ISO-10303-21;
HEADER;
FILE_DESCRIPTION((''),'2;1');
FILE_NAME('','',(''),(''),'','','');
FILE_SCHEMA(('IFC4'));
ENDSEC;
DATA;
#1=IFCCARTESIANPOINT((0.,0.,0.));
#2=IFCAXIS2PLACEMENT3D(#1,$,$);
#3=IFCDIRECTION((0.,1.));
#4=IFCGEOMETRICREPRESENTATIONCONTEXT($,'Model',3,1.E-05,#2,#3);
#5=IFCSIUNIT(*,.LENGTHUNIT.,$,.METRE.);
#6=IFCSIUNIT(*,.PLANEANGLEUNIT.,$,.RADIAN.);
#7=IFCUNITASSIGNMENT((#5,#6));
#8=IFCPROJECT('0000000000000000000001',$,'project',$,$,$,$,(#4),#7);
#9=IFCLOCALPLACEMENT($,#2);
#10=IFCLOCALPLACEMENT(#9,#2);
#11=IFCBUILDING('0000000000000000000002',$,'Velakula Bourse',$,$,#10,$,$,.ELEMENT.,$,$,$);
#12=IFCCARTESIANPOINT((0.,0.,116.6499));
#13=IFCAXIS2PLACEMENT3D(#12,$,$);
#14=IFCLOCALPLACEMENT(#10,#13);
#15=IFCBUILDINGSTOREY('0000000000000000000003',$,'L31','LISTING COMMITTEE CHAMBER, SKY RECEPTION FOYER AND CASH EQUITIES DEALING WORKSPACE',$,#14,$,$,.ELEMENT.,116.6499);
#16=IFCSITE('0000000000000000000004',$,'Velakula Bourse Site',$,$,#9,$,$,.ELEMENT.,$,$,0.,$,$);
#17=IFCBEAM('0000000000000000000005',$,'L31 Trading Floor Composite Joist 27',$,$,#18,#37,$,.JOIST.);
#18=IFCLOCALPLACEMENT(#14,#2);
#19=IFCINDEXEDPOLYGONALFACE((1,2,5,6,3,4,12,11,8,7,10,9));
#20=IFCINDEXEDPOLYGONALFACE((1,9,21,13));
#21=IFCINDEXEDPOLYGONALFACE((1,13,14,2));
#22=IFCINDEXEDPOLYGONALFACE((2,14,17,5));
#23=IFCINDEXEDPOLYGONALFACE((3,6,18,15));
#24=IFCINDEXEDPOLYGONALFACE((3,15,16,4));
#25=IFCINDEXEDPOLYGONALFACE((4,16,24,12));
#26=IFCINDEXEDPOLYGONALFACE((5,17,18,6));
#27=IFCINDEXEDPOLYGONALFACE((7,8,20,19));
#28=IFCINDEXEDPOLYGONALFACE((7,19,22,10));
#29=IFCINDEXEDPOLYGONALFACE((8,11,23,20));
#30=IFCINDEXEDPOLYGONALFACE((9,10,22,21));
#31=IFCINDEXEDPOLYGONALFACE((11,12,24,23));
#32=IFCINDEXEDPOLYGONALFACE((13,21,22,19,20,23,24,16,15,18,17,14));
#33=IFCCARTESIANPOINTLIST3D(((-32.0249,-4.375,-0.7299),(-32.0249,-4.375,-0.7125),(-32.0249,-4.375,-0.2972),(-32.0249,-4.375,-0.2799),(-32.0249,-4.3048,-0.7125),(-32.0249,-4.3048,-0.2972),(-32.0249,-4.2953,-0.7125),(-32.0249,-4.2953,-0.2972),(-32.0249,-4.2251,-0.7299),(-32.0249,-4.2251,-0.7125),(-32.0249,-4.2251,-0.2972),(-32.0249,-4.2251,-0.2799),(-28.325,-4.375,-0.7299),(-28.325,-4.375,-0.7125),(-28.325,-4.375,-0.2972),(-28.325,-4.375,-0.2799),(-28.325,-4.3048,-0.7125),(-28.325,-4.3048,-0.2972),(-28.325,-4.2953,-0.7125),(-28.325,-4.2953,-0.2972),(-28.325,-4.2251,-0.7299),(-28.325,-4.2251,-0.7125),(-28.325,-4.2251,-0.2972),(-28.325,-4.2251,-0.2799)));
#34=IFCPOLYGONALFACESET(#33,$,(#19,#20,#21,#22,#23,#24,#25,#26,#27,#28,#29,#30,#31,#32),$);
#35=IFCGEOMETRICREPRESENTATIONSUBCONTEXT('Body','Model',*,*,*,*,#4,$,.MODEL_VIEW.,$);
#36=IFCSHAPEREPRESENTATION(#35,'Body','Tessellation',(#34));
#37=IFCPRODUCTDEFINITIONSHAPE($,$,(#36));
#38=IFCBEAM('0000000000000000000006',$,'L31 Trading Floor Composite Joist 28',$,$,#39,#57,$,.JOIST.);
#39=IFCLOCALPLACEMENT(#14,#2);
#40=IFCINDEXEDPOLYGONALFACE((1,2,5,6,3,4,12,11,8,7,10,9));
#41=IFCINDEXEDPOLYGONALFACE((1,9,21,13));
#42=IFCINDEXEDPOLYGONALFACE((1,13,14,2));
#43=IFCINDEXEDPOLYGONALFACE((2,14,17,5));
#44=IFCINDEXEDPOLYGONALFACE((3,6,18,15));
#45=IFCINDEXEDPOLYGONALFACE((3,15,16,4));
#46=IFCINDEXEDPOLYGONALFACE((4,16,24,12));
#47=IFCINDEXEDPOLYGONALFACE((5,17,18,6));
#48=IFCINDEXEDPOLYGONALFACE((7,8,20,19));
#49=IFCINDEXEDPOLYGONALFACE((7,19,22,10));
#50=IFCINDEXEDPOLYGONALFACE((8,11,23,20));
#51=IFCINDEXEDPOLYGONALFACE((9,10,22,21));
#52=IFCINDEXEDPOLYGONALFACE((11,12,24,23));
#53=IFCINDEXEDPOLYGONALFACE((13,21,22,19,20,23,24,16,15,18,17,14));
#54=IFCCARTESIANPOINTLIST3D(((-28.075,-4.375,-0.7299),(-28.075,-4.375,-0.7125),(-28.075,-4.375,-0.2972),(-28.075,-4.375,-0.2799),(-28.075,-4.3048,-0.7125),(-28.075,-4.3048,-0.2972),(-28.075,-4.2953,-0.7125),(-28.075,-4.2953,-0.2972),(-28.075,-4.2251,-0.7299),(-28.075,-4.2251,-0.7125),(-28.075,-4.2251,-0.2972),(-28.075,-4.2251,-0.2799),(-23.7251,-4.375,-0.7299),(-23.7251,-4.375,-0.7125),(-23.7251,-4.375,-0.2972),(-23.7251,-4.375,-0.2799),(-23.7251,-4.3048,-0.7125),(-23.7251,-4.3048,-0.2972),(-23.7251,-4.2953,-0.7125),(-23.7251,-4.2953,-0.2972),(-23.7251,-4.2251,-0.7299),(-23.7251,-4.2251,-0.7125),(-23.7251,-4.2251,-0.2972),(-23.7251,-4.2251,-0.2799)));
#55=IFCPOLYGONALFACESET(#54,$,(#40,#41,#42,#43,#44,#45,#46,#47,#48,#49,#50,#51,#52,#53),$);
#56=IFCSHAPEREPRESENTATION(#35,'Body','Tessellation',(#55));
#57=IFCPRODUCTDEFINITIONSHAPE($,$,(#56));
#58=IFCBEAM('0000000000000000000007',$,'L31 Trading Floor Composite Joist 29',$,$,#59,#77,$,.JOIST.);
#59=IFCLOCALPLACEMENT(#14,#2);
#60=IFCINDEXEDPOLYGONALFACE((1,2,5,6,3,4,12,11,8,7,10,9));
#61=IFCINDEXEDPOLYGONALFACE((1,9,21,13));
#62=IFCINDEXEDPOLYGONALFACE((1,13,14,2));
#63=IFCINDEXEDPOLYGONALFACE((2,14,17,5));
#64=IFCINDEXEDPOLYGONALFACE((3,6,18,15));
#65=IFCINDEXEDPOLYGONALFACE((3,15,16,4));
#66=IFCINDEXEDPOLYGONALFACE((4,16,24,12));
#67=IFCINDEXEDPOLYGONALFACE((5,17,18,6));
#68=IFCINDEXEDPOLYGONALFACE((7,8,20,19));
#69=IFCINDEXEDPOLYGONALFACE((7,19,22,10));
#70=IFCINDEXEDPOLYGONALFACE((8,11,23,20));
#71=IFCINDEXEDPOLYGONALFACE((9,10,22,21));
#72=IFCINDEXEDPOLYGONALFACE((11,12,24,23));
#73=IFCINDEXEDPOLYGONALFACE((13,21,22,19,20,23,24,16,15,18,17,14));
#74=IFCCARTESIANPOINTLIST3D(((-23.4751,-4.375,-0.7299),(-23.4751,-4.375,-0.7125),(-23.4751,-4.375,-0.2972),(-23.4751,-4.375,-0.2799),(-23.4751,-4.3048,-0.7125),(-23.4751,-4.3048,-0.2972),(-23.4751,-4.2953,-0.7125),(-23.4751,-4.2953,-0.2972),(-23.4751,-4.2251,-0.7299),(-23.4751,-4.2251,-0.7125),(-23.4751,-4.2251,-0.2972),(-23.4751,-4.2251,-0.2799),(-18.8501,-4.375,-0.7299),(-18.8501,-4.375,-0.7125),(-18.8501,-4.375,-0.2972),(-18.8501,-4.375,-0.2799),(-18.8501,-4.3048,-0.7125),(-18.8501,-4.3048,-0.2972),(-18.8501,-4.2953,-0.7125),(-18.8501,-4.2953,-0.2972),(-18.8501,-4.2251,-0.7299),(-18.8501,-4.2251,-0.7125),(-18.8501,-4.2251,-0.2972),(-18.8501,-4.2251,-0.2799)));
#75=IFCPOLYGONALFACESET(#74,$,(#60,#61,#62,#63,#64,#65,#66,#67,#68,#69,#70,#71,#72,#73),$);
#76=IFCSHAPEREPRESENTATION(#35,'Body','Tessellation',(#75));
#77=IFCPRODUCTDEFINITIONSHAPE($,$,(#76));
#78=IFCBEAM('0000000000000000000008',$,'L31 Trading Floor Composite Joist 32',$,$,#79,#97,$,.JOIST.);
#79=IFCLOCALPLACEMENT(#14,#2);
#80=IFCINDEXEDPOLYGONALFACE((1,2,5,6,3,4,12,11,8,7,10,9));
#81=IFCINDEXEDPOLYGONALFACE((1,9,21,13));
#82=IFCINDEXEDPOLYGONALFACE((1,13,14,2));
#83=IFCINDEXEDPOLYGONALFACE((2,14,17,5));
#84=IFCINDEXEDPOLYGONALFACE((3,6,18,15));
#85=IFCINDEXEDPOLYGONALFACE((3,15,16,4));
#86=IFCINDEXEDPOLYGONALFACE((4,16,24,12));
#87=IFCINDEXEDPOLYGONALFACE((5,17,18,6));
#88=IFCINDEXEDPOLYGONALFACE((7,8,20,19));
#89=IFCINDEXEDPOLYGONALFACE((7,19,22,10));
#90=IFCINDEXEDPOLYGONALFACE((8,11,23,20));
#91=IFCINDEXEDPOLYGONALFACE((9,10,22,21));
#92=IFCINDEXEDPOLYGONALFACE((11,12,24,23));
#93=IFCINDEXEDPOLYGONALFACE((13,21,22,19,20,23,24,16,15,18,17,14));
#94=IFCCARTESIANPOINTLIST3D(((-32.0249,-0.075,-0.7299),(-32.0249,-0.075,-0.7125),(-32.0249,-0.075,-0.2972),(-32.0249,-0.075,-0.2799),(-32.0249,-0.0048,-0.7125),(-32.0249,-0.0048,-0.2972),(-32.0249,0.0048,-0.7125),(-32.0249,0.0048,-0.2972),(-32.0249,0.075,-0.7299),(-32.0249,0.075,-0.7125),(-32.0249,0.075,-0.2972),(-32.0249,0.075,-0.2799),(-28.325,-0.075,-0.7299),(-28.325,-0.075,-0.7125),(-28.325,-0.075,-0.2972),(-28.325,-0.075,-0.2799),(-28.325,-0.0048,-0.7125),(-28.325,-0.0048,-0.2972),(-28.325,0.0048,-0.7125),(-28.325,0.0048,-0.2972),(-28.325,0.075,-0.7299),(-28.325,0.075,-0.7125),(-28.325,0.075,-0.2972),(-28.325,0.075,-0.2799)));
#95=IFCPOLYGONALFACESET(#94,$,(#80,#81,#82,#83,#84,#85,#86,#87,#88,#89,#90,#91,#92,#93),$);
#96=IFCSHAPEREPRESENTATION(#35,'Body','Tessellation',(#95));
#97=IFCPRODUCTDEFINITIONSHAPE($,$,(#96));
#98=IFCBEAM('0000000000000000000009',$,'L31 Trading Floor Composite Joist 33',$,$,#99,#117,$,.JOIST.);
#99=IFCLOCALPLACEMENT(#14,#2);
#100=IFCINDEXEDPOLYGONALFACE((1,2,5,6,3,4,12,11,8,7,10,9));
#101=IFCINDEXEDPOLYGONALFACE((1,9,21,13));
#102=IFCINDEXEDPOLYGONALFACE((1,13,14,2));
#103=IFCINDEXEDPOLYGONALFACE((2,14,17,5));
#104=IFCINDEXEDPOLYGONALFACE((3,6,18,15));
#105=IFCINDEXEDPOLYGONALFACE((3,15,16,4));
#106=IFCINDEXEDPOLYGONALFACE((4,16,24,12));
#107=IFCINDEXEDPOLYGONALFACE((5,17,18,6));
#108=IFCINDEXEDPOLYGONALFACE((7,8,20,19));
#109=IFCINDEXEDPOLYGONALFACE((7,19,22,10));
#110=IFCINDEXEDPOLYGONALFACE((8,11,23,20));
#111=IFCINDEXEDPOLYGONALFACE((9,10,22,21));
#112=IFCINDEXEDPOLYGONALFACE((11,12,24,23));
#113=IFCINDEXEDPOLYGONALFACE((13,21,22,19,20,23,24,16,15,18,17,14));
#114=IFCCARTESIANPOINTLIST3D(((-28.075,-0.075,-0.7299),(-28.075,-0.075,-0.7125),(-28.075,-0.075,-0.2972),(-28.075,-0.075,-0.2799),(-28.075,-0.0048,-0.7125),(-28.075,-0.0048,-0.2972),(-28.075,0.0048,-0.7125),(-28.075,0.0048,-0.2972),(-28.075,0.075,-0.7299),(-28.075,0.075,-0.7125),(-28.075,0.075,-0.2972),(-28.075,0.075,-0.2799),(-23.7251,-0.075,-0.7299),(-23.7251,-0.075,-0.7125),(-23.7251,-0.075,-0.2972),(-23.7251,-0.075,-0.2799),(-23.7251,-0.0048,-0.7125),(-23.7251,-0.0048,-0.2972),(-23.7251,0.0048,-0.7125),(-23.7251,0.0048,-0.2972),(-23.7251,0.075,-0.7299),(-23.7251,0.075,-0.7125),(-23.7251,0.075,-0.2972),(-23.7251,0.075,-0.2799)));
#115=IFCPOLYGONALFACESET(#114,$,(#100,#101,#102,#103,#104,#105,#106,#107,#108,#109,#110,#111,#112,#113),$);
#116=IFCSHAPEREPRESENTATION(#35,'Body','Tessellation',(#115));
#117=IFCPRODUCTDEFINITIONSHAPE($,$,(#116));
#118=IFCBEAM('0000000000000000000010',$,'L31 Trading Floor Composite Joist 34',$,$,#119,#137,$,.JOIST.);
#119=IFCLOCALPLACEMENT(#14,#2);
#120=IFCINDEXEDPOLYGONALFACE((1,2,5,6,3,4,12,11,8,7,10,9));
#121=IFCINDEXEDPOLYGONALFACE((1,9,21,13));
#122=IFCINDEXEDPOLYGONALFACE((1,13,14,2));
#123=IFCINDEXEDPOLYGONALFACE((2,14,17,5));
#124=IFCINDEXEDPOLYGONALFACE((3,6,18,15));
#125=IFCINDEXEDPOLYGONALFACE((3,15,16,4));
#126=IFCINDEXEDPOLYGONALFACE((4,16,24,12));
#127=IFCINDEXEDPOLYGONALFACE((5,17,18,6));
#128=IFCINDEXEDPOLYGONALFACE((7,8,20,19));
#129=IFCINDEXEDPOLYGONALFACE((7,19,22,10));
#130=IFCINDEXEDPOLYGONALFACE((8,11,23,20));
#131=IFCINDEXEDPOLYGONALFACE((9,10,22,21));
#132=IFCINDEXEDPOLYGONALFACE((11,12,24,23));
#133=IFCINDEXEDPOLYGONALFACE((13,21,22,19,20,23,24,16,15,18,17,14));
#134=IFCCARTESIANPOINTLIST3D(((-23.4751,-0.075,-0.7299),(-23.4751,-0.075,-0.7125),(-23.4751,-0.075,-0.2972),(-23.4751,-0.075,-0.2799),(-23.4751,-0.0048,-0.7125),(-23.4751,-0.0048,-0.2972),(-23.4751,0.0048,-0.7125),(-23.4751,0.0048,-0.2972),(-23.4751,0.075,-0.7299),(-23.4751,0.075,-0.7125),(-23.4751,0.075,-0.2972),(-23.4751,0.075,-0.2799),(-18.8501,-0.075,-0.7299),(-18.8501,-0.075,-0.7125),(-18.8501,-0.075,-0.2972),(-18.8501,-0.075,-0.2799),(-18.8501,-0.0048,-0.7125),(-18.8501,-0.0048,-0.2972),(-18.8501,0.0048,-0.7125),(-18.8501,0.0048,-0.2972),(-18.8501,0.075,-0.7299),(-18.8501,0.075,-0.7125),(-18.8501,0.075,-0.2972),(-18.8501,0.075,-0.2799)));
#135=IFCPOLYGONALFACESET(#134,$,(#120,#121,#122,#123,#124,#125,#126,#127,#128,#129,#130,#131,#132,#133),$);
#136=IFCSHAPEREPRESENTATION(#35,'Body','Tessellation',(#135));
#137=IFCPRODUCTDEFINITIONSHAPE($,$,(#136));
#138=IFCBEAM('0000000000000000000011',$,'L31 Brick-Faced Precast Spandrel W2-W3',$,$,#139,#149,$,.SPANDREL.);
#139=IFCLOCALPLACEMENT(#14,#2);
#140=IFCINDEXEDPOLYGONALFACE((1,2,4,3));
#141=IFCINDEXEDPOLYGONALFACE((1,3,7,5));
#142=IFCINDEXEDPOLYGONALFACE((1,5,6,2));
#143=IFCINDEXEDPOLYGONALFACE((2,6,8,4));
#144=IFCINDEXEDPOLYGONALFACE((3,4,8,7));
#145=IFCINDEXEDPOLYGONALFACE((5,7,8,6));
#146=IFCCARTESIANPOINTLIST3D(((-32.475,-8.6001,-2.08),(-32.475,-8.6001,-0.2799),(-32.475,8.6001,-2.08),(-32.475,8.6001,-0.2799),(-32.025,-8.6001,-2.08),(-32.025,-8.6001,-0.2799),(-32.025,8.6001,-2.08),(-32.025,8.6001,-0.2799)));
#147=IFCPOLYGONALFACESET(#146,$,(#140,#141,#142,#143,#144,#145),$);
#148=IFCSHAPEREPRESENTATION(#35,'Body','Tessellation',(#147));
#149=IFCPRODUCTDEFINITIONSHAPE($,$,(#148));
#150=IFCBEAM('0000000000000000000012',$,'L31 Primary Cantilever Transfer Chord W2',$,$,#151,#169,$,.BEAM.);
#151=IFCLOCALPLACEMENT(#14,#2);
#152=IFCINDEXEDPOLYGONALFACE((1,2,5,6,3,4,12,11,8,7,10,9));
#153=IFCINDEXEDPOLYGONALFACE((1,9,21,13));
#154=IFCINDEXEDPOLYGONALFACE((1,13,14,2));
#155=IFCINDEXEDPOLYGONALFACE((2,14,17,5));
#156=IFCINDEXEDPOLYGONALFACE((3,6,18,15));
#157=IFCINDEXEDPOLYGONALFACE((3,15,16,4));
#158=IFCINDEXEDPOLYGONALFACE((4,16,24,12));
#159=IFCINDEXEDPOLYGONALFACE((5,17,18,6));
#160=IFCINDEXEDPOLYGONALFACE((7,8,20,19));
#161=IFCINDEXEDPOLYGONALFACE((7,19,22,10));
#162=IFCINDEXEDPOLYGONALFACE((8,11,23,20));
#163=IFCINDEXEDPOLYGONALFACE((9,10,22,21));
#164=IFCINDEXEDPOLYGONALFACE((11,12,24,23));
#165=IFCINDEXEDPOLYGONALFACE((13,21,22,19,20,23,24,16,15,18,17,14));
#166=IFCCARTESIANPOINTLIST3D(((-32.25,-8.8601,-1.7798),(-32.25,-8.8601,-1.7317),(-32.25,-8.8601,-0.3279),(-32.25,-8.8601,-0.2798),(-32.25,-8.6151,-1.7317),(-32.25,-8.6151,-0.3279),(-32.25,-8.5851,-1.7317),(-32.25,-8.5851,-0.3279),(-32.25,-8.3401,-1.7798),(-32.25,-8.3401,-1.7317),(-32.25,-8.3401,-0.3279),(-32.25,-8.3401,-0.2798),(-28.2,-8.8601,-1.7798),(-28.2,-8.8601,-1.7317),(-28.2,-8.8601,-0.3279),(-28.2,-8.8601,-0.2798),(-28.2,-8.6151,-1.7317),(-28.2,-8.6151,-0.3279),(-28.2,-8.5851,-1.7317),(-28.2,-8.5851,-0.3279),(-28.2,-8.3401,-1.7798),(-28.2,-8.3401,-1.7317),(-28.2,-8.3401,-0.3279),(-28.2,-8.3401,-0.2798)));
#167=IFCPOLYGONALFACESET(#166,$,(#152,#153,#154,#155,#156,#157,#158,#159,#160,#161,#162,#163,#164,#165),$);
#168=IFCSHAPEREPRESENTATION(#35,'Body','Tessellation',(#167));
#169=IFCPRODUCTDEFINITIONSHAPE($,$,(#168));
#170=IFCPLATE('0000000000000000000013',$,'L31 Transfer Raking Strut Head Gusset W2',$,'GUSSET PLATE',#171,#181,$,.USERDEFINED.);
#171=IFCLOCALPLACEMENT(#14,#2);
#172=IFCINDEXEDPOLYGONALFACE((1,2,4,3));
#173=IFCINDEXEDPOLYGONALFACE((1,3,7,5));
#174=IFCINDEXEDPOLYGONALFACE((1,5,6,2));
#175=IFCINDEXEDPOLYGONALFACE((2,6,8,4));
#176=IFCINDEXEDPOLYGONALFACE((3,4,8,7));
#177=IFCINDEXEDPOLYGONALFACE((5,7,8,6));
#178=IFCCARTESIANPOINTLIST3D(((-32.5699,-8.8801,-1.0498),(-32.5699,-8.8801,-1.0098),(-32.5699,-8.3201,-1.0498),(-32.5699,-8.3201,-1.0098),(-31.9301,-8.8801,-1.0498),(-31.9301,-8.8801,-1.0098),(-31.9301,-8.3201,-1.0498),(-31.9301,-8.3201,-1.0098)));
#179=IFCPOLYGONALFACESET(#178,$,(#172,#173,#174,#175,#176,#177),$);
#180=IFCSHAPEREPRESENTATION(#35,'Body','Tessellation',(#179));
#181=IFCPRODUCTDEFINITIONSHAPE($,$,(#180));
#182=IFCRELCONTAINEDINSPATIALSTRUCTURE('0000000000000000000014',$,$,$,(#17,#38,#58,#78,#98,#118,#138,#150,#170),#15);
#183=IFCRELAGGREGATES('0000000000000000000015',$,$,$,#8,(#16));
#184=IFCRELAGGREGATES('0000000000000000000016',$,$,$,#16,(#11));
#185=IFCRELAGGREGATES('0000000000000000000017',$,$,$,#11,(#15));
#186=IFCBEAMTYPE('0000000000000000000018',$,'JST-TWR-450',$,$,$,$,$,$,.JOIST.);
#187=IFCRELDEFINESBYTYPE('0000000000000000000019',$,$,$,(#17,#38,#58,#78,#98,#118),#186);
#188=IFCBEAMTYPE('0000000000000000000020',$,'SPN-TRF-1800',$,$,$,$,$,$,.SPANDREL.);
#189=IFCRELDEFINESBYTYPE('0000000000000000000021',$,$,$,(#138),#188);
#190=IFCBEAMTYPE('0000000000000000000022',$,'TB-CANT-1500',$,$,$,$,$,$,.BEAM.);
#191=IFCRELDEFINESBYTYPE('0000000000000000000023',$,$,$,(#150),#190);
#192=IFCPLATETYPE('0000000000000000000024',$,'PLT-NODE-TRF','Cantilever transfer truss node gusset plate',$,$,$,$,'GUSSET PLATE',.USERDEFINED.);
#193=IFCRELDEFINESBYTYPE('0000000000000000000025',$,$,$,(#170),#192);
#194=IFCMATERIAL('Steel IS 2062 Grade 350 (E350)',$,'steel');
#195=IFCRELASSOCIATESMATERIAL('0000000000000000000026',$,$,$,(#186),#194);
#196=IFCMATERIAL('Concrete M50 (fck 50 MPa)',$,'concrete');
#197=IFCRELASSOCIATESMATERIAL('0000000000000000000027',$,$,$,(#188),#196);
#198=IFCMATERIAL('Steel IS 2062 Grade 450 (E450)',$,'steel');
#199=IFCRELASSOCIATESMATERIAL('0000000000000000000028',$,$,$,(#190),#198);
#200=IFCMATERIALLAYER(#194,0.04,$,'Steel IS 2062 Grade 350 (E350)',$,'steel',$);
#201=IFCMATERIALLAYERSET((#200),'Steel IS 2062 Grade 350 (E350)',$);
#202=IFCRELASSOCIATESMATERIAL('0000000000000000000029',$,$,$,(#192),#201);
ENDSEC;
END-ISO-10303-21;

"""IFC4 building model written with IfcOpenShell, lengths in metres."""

from ifc_helpers import new_model, si_unit, direction, frame, origin, origin_2d, place, context, subcontext, project, spatial, rectangle, i_section, extrude, material, layer, layer_set, material_profile, profile_set, type_object, element, save


model = new_model("IFC4")

# Units and contexts
model_context = context("Model", 3, precision=1e-05, world=origin(), true_north=direction((0.0, 1.0)))
body_context = subcontext(model_context, "Body", "Model", "MODEL_VIEW")
ifc_project = project(units=[si_unit("LENGTHUNIT", "METRE"), si_unit("PLANEANGLEUNIT", "RADIAN")], contexts=[model_context])

# Site, building, storey
site_placement = place(None, origin())
site = spatial("IfcSite", under=ifc_project, at=site_placement, Name="Velakula Bourse Site", CompositionType="ELEMENT", RefElevation=0.0)
building_placement = place(site_placement, origin())
building = spatial("IfcBuilding", under=site, at=building_placement, Name="Velakula Bourse", CompositionType="ELEMENT")
storey_placement = place(building_placement, frame((0.0, 0.0, 116.6499)))
storey = spatial("IfcBuildingStorey", under=building, at=storey_placement, Name="L31", Description="LISTING COMMITTEE CHAMBER, SKY RECEPTION FOYER AND CASH EQUITIES DEALING WORKSPACE", CompositionType="ELEMENT", Elevation=116.6499)

# Shared definitions
ifc_material_1 = material(Name="Steel IS 2062 Grade 350 (E350)", Category="steel")

# Beams
ifc_material_profile_1 = material_profile(ifc_material_1, i_section(OverallWidth=0.1499, OverallDepth=0.45, WebThickness=0.0095, FlangeThickness=0.0173, at=origin_2d()), Name="Steel IS 2062 Grade 350 (E350)")
ifc_profile_set_1 = profile_set([ifc_material_profile_1], Name="Steel IS 2062 Grade 350 (E350)")
beam_type_1 = type_object("IfcBeamType", Name="JST-TWR-450", PredefinedType="JOIST", material=ifc_profile_set_1)
beam_1_placement = place(storey_placement, frame((-32.0249, -4.3, -0.5049), z_axis=(1.0, 0.0, 0.0), x_axis=(0.0, 1.0, 0.0)))
element("IfcBeam", 1, at=beam_1_placement, inside=storey, type_object=beam_type_1, Name="L31 Trading Floor Composite Joist 27", PredefinedType="JOIST", context=body_context, shape_type="SweptSolid", body=[
    extrude(i_section(OverallWidth=0.1499, OverallDepth=0.45, WebThickness=0.0095, FlangeThickness=0.0173, at=origin_2d()), origin(), (0.0, 0.0, 1.0), 3.7),
])
beam_2_placement = place(storey_placement, frame((-28.075, -4.3, -0.5049), z_axis=(1.0, 0.0, 0.0), x_axis=(0.0, 1.0, 0.0)))
element("IfcBeam", 2, at=beam_2_placement, inside=storey, type_object=beam_type_1, Name="L31 Trading Floor Composite Joist 28", PredefinedType="JOIST", context=body_context, shape_type="SweptSolid", body=[
    extrude(i_section(OverallWidth=0.1499, OverallDepth=0.45, WebThickness=0.0095, FlangeThickness=0.0173, at=origin_2d()), origin(), (0.0, 0.0, 1.0), 4.3499),
])
beam_3_placement = place(storey_placement, frame((-23.4751, -4.3, -0.5049), z_axis=(1.0, 0.0, 0.0), x_axis=(0.0, 1.0, 0.0)))
element("IfcBeam", 3, at=beam_3_placement, inside=storey, type_object=beam_type_1, Name="L31 Trading Floor Composite Joist 29", PredefinedType="JOIST", context=body_context, shape_type="SweptSolid", body=[
    extrude(i_section(OverallWidth=0.1499, OverallDepth=0.45, WebThickness=0.0095, FlangeThickness=0.0173, at=origin_2d()), origin(), (0.0, 0.0, 1.0), 4.625),
])
beam_4_placement = place(storey_placement, frame((-32.0249, 0.0, -0.5049), z_axis=(1.0, 0.0, 0.0), x_axis=(0.0, 1.0, 0.0)))
element("IfcBeam", 4, at=beam_4_placement, inside=storey, type_object=beam_type_1, Name="L31 Trading Floor Composite Joist 32", PredefinedType="JOIST", context=body_context, shape_type="SweptSolid", body=[
    extrude(i_section(OverallWidth=0.1499, OverallDepth=0.45, WebThickness=0.0095, FlangeThickness=0.0173, at=origin_2d()), origin(), (0.0, 0.0, 1.0), 3.7),
])
beam_5_placement = place(storey_placement, frame((-28.075, 0.0, -0.5049), z_axis=(1.0, 0.0, 0.0), x_axis=(0.0, 1.0, 0.0)))
element("IfcBeam", 5, at=beam_5_placement, inside=storey, type_object=beam_type_1, Name="L31 Trading Floor Composite Joist 33", PredefinedType="JOIST", context=body_context, shape_type="SweptSolid", body=[
    extrude(i_section(OverallWidth=0.1499, OverallDepth=0.45, WebThickness=0.0095, FlangeThickness=0.0173, at=origin_2d()), origin(), (0.0, 0.0, 1.0), 4.3499),
])
beam_6_placement = place(storey_placement, frame((-23.4751, 0.0, -0.5049), z_axis=(1.0, 0.0, 0.0), x_axis=(0.0, 1.0, 0.0)))
element("IfcBeam", 6, at=beam_6_placement, inside=storey, type_object=beam_type_1, Name="L31 Trading Floor Composite Joist 34", PredefinedType="JOIST", context=body_context, shape_type="SweptSolid", body=[
    extrude(i_section(OverallWidth=0.1499, OverallDepth=0.45, WebThickness=0.0095, FlangeThickness=0.0173, at=origin_2d()), origin(), (0.0, 0.0, 1.0), 4.625),
])
ifc_material_2 = material(Name="Concrete M50 (fck 50 MPa)", Category="concrete")
ifc_material_profile_2 = material_profile(ifc_material_2, rectangle(XDim=0.45, YDim=1.8, at=origin_2d()), Name="Concrete M50 (fck 50 MPa)")
ifc_profile_set_2 = profile_set([ifc_material_profile_2], Name="Concrete M50 (fck 50 MPa)")
beam_type_2 = type_object("IfcBeamType", Name="SPN-TRF-1800", PredefinedType="SPANDREL", material=ifc_profile_set_2)
beam_7_placement = place(storey_placement, frame((-32.25, -8.6001, -1.1799), z_axis=(0.0, 1.0, 0.0), x_axis=(-1.0, 0.0, 0.0)))
element("IfcBeam", 7, at=beam_7_placement, inside=storey, type_object=beam_type_2, Name="L31 Brick-Faced Precast Spandrel W2-W3", PredefinedType="SPANDREL", context=body_context, shape_type="SweptSolid", body=[
    extrude(rectangle(XDim=0.45, YDim=1.8, at=origin_2d()), origin(), (0.0, 0.0, 1.0), 17.2002),
])
ifc_material_3 = material(Name="Steel IS 2062 Grade 450 (E450)", Category="steel")
ifc_material_profile_3 = material_profile(ifc_material_3, i_section(OverallWidth=0.52, OverallDepth=1.5, WebThickness=0.03, FlangeThickness=0.0481, at=origin_2d()), Name="Steel IS 2062 Grade 450 (E450)")
ifc_profile_set_3 = profile_set([ifc_material_profile_3], Name="Steel IS 2062 Grade 450 (E450)")
beam_type_3 = type_object("IfcBeamType", Name="TB-CANT-1500", PredefinedType="BEAM", material=ifc_profile_set_3)
beam_8_placement = place(storey_placement, frame((-28.2, -8.6001, -1.0298), z_axis=(-1.0, 0.0, 0.0), x_axis=(0.0, -1.0, 0.0)))
element("IfcBeam", 8, at=beam_8_placement, inside=storey, type_object=beam_type_3, Name="L31 Primary Cantilever Transfer Chord W2", PredefinedType="BEAM", context=body_context, shape_type="SweptSolid", body=[
    extrude(i_section(OverallWidth=0.52, OverallDepth=1.5, WebThickness=0.03, FlangeThickness=0.0481, at=origin_2d()), origin(), (0.0, 0.0, 1.0), 4.05),
])

# Plate
ifc_layer_1 = layer(ifc_material_1, 0.04, Name="Steel IS 2062 Grade 350 (E350)", Category="steel")
ifc_layer_set_1 = layer_set([ifc_layer_1], Name="Steel IS 2062 Grade 350 (E350)")
plate_type = type_object("IfcPlateType", Name="PLT-NODE-TRF", Description="Cantilever transfer truss node gusset plate", ElementType="GUSSET PLATE", PredefinedType="USERDEFINED", material=ifc_layer_set_1)
plate_1_placement = place(storey_placement, frame((-32.25, -8.6001, -1.0498), z_axis=(0.0, 0.0, 1.0), x_axis=(-1.0, 0.0, 0.0)))
element("IfcPlate", 9, at=plate_1_placement, inside=storey, type_object=plate_type, Name="L31 Transfer Raking Strut Head Gusset W2", ObjectType="GUSSET PLATE", PredefinedType="USERDEFINED", context=body_context, shape_type="SweptSolid", body=[
    extrude(rectangle(XDim=0.6399, YDim=0.5601, at=origin_2d()), origin(), (0.0, 0.0, 1.0), 0.04),
])

save(model, "model.ifc")
